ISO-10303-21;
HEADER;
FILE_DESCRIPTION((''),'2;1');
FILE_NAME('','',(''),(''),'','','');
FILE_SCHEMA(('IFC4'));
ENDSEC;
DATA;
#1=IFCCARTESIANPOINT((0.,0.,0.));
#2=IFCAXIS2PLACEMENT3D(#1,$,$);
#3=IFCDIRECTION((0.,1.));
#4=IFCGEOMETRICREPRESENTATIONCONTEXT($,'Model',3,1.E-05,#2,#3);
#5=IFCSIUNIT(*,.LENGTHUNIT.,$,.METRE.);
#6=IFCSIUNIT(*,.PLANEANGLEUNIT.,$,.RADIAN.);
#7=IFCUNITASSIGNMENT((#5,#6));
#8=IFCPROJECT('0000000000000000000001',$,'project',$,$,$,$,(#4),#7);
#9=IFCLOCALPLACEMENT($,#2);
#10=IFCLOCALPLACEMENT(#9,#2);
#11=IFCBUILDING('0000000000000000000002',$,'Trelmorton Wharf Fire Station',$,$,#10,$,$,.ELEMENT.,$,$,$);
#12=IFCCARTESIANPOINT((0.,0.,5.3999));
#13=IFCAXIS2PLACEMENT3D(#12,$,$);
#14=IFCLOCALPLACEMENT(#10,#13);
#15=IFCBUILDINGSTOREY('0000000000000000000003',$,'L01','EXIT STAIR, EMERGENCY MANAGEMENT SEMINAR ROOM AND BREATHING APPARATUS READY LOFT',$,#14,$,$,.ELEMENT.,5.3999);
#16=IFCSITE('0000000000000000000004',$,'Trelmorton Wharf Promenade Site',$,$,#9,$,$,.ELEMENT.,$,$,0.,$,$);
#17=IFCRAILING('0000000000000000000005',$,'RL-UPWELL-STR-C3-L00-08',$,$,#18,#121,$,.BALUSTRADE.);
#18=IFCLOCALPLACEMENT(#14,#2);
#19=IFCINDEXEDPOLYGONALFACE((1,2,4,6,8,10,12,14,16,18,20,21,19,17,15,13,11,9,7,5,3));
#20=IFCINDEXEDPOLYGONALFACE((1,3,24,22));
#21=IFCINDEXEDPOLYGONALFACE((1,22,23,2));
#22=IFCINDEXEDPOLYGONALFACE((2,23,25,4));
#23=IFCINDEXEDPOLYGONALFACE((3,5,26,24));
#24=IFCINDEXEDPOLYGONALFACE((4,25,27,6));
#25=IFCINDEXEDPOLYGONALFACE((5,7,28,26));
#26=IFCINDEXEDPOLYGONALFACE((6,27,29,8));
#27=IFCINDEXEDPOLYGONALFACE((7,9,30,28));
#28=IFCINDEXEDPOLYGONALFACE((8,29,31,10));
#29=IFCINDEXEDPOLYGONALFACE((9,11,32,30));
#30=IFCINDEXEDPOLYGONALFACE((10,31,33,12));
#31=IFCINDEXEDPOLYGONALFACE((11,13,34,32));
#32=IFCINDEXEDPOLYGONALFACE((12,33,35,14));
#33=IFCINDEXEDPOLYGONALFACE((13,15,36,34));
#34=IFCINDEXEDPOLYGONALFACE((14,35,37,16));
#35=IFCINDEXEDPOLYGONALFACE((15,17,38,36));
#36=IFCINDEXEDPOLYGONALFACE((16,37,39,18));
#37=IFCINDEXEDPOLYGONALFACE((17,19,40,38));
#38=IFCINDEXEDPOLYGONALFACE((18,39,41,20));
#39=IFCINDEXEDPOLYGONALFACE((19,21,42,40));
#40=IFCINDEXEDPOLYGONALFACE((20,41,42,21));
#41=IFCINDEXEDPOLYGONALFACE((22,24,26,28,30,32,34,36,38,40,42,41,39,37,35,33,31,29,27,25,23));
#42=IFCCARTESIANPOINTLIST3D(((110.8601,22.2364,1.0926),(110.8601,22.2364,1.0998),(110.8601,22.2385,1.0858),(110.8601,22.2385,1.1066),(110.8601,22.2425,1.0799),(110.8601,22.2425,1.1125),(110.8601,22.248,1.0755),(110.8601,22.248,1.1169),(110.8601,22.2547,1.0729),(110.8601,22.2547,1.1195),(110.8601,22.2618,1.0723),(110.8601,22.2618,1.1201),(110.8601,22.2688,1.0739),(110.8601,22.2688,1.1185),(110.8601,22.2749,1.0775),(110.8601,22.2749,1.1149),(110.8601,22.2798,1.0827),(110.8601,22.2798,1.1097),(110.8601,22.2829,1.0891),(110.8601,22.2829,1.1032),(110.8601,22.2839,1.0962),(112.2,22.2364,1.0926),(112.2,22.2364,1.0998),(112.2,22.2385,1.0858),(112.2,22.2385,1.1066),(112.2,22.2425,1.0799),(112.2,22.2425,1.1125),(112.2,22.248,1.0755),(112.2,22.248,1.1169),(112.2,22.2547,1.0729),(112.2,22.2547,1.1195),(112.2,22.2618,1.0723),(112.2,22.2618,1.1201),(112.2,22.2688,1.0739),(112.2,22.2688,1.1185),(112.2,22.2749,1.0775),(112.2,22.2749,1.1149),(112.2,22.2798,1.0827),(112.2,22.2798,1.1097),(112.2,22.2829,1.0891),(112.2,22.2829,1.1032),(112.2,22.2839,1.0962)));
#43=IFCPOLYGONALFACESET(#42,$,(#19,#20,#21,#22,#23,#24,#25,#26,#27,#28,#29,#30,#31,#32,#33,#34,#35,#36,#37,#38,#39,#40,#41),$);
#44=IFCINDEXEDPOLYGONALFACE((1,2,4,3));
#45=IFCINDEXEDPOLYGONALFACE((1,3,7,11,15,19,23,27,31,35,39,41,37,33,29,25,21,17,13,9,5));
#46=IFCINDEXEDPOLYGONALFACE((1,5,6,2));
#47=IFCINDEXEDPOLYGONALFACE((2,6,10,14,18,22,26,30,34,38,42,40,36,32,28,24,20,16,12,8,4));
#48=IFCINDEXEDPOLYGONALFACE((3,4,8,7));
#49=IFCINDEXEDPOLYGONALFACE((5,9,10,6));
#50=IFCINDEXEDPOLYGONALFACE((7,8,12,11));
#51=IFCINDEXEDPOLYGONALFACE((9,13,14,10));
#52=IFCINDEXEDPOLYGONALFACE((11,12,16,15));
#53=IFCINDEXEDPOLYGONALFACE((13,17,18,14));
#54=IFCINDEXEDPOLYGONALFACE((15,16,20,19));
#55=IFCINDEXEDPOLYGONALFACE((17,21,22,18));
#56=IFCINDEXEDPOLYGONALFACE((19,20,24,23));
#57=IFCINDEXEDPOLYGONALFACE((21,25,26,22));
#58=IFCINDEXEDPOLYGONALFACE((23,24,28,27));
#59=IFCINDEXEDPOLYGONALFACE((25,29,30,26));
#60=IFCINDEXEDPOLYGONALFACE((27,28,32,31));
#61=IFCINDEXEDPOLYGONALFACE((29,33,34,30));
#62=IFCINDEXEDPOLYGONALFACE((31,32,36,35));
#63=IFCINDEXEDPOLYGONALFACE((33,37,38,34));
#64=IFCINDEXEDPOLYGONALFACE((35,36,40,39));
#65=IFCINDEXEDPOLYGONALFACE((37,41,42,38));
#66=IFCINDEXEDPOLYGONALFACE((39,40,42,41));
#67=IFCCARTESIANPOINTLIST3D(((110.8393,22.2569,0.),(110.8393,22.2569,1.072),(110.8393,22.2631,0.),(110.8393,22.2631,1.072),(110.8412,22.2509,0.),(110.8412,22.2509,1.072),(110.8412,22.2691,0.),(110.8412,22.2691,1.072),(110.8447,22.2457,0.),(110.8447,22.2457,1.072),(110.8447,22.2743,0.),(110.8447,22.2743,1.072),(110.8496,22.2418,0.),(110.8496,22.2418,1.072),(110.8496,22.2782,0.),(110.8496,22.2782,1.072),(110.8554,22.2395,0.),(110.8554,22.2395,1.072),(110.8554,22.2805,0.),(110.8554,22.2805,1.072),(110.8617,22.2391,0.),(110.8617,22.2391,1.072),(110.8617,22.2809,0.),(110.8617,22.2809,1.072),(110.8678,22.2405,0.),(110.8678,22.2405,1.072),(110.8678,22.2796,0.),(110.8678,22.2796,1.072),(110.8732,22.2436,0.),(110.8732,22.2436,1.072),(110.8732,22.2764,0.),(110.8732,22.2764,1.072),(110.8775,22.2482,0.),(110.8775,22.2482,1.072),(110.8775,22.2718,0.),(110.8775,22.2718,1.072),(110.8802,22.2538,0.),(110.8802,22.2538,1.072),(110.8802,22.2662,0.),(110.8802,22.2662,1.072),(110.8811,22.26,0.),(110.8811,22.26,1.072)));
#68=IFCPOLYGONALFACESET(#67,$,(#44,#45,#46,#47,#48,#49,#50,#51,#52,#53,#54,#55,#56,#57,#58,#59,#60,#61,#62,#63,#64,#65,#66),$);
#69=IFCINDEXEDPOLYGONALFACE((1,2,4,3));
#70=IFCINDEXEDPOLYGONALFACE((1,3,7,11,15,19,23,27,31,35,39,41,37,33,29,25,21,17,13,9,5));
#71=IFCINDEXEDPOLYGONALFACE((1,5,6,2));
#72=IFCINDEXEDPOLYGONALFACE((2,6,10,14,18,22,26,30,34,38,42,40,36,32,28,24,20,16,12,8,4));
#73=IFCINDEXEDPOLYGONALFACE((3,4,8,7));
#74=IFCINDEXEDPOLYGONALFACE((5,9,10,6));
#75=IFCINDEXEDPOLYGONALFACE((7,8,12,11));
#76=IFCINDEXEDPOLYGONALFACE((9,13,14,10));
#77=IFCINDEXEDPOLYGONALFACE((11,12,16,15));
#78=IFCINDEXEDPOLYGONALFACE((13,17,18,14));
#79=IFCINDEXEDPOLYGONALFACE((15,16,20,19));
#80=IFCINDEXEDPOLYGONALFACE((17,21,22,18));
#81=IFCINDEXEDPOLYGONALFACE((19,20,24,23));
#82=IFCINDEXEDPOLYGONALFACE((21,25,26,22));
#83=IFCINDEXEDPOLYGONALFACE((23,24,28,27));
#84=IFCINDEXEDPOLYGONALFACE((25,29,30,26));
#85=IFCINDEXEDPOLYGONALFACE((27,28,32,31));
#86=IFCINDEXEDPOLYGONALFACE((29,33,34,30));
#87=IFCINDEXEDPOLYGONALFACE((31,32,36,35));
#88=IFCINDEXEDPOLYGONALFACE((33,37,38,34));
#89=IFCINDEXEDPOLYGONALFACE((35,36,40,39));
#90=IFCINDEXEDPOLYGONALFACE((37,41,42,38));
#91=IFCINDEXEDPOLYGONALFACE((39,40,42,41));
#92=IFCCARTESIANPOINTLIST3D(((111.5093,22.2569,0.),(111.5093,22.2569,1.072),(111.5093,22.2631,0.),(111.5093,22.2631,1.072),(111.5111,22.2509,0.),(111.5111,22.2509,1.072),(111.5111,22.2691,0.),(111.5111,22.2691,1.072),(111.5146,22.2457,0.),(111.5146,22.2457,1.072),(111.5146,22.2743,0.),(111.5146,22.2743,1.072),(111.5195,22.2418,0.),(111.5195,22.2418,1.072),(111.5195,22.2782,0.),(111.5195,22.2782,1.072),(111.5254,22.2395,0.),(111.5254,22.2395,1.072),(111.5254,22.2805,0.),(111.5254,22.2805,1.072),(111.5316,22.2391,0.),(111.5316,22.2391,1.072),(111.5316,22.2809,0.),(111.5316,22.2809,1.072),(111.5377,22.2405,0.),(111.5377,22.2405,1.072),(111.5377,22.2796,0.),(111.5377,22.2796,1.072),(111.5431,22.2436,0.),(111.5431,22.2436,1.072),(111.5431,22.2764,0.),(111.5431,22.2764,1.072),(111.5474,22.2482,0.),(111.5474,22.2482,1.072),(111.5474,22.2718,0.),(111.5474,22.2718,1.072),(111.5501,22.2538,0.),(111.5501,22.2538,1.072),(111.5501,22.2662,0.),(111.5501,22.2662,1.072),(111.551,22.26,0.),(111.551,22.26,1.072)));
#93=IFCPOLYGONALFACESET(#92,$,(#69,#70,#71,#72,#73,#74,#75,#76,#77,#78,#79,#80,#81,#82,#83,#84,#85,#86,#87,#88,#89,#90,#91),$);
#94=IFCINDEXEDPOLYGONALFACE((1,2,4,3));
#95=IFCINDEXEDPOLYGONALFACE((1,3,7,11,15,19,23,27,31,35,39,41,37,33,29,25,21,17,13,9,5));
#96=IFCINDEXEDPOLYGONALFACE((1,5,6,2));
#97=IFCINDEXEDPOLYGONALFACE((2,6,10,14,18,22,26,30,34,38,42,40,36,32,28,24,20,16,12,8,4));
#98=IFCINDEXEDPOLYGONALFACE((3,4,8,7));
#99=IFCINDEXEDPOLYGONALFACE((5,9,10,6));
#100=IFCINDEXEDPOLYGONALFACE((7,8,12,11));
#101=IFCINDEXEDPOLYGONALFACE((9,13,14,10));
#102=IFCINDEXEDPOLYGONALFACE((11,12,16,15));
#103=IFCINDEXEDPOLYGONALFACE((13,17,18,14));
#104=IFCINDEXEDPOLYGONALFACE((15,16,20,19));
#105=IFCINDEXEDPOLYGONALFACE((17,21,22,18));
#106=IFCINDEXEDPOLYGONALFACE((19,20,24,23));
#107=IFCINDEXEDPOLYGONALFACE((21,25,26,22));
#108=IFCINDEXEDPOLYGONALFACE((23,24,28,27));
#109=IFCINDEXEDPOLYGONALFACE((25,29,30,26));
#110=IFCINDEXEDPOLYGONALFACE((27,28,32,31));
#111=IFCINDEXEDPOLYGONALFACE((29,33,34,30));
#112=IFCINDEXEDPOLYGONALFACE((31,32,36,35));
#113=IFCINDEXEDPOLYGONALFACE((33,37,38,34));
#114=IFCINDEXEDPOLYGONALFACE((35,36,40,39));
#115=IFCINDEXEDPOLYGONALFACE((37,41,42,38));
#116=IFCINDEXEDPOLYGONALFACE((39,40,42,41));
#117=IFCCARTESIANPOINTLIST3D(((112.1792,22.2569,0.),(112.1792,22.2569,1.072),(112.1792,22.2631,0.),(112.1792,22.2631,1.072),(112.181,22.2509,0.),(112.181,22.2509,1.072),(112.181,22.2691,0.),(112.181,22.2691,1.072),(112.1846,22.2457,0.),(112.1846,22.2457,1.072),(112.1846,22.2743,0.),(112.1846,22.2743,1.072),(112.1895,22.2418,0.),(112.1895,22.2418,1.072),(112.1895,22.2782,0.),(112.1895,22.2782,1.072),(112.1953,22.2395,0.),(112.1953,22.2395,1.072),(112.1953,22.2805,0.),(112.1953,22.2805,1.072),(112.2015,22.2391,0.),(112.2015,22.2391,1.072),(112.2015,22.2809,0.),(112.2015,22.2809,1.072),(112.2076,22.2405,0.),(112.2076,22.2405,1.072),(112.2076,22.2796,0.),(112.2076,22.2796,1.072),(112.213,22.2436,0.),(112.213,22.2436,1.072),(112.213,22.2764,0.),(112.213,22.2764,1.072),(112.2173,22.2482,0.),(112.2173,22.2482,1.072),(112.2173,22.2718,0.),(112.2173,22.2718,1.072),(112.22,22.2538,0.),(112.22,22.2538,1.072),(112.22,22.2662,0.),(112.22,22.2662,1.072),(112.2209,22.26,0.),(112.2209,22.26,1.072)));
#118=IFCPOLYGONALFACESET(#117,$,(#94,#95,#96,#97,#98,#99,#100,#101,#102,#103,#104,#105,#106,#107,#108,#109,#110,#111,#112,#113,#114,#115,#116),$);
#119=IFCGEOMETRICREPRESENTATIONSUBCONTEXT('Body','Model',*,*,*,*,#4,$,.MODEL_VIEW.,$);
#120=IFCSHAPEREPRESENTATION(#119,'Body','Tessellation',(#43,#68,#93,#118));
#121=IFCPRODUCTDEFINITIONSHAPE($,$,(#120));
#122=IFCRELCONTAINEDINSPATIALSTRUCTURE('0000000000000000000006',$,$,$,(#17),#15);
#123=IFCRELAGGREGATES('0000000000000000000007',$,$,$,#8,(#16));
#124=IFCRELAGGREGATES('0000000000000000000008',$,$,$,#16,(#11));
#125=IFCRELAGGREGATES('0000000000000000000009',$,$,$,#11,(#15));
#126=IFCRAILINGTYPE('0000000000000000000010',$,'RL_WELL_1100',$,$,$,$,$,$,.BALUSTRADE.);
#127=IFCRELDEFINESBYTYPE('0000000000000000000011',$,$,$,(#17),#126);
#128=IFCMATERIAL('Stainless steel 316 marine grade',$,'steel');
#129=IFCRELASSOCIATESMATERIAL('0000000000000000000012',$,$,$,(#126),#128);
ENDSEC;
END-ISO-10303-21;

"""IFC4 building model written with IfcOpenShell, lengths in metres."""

from ifc_helpers import new_model, si_unit, direction, frame, origin, origin_2d, place, context, subcontext, project, spatial, circle, extrude, material, type_object, element, save


model = new_model("IFC4")

# Units and contexts
model_context = context("Model", 3, precision=1e-05, world=origin(), true_north=direction((0.0, 1.0)))
body_context = subcontext(model_context, "Body", "Model", "MODEL_VIEW")
ifc_project = project(units=[si_unit("LENGTHUNIT", "METRE"), si_unit("PLANEANGLEUNIT", "RADIAN")], contexts=[model_context])

# Site, building, storey
site_placement = place(None, origin())
site = spatial("IfcSite", under=ifc_project, at=site_placement, Name="Trelmorton Wharf Promenade Site", CompositionType="ELEMENT", RefElevation=0.0)
building_placement = place(site_placement, origin())
building = spatial("IfcBuilding", under=site, at=building_placement, Name="Trelmorton Wharf Fire Station", CompositionType="ELEMENT")
storey_placement = place(building_placement, frame((0.0, 0.0, 5.3999)))
storey = spatial("IfcBuildingStorey", under=building, at=storey_placement, Name="L01", Description="EXIT STAIR, EMERGENCY MANAGEMENT SEMINAR ROOM AND BREATHING APPARATUS READY LOFT", CompositionType="ELEMENT", Elevation=5.3999)

# Shared definitions
ifc_material_1 = material(Name="Stainless steel 316 marine grade", Category="steel")

# Railing
railing_type_1 = type_object("IfcRailingType", Name="RL_WELL_1100", PredefinedType="BALUSTRADE", material=ifc_material_1)
railing_1_placement = place(storey_placement, frame((110.8601, 22.26, 0.0)))
element("IfcRailing", 1, at=railing_1_placement, inside=storey, type_object=railing_type_1, Name="RL-UPWELL-STR-C3-L00-08", PredefinedType="BALUSTRADE", context=body_context, shape_type="SweptSolid", body=[
    extrude(circle(Radius=0.0239, at=origin_2d()), frame((0.0, 0.0, 1.0962), z_axis=(1.0, 0.0, 0.0), x_axis=(0.0, 1.0, 0.0)), (0.0, 0.0, 1.0), 1.3398),
    extrude(circle(Radius=0.021, at=origin_2d()), origin(), (0.0, 0.0, 1.0), 1.072),
    extrude(circle(Radius=0.021, at=origin_2d()), frame((0.6699, 0.0, 0.0)), (0.0, 0.0, 1.0), 1.072),
    extrude(circle(Radius=0.021, at=origin_2d()), frame((1.3398, 0.0, 0.0)), (0.0, 0.0, 1.0), 1.072),
])

save(model, "model.ifc")
